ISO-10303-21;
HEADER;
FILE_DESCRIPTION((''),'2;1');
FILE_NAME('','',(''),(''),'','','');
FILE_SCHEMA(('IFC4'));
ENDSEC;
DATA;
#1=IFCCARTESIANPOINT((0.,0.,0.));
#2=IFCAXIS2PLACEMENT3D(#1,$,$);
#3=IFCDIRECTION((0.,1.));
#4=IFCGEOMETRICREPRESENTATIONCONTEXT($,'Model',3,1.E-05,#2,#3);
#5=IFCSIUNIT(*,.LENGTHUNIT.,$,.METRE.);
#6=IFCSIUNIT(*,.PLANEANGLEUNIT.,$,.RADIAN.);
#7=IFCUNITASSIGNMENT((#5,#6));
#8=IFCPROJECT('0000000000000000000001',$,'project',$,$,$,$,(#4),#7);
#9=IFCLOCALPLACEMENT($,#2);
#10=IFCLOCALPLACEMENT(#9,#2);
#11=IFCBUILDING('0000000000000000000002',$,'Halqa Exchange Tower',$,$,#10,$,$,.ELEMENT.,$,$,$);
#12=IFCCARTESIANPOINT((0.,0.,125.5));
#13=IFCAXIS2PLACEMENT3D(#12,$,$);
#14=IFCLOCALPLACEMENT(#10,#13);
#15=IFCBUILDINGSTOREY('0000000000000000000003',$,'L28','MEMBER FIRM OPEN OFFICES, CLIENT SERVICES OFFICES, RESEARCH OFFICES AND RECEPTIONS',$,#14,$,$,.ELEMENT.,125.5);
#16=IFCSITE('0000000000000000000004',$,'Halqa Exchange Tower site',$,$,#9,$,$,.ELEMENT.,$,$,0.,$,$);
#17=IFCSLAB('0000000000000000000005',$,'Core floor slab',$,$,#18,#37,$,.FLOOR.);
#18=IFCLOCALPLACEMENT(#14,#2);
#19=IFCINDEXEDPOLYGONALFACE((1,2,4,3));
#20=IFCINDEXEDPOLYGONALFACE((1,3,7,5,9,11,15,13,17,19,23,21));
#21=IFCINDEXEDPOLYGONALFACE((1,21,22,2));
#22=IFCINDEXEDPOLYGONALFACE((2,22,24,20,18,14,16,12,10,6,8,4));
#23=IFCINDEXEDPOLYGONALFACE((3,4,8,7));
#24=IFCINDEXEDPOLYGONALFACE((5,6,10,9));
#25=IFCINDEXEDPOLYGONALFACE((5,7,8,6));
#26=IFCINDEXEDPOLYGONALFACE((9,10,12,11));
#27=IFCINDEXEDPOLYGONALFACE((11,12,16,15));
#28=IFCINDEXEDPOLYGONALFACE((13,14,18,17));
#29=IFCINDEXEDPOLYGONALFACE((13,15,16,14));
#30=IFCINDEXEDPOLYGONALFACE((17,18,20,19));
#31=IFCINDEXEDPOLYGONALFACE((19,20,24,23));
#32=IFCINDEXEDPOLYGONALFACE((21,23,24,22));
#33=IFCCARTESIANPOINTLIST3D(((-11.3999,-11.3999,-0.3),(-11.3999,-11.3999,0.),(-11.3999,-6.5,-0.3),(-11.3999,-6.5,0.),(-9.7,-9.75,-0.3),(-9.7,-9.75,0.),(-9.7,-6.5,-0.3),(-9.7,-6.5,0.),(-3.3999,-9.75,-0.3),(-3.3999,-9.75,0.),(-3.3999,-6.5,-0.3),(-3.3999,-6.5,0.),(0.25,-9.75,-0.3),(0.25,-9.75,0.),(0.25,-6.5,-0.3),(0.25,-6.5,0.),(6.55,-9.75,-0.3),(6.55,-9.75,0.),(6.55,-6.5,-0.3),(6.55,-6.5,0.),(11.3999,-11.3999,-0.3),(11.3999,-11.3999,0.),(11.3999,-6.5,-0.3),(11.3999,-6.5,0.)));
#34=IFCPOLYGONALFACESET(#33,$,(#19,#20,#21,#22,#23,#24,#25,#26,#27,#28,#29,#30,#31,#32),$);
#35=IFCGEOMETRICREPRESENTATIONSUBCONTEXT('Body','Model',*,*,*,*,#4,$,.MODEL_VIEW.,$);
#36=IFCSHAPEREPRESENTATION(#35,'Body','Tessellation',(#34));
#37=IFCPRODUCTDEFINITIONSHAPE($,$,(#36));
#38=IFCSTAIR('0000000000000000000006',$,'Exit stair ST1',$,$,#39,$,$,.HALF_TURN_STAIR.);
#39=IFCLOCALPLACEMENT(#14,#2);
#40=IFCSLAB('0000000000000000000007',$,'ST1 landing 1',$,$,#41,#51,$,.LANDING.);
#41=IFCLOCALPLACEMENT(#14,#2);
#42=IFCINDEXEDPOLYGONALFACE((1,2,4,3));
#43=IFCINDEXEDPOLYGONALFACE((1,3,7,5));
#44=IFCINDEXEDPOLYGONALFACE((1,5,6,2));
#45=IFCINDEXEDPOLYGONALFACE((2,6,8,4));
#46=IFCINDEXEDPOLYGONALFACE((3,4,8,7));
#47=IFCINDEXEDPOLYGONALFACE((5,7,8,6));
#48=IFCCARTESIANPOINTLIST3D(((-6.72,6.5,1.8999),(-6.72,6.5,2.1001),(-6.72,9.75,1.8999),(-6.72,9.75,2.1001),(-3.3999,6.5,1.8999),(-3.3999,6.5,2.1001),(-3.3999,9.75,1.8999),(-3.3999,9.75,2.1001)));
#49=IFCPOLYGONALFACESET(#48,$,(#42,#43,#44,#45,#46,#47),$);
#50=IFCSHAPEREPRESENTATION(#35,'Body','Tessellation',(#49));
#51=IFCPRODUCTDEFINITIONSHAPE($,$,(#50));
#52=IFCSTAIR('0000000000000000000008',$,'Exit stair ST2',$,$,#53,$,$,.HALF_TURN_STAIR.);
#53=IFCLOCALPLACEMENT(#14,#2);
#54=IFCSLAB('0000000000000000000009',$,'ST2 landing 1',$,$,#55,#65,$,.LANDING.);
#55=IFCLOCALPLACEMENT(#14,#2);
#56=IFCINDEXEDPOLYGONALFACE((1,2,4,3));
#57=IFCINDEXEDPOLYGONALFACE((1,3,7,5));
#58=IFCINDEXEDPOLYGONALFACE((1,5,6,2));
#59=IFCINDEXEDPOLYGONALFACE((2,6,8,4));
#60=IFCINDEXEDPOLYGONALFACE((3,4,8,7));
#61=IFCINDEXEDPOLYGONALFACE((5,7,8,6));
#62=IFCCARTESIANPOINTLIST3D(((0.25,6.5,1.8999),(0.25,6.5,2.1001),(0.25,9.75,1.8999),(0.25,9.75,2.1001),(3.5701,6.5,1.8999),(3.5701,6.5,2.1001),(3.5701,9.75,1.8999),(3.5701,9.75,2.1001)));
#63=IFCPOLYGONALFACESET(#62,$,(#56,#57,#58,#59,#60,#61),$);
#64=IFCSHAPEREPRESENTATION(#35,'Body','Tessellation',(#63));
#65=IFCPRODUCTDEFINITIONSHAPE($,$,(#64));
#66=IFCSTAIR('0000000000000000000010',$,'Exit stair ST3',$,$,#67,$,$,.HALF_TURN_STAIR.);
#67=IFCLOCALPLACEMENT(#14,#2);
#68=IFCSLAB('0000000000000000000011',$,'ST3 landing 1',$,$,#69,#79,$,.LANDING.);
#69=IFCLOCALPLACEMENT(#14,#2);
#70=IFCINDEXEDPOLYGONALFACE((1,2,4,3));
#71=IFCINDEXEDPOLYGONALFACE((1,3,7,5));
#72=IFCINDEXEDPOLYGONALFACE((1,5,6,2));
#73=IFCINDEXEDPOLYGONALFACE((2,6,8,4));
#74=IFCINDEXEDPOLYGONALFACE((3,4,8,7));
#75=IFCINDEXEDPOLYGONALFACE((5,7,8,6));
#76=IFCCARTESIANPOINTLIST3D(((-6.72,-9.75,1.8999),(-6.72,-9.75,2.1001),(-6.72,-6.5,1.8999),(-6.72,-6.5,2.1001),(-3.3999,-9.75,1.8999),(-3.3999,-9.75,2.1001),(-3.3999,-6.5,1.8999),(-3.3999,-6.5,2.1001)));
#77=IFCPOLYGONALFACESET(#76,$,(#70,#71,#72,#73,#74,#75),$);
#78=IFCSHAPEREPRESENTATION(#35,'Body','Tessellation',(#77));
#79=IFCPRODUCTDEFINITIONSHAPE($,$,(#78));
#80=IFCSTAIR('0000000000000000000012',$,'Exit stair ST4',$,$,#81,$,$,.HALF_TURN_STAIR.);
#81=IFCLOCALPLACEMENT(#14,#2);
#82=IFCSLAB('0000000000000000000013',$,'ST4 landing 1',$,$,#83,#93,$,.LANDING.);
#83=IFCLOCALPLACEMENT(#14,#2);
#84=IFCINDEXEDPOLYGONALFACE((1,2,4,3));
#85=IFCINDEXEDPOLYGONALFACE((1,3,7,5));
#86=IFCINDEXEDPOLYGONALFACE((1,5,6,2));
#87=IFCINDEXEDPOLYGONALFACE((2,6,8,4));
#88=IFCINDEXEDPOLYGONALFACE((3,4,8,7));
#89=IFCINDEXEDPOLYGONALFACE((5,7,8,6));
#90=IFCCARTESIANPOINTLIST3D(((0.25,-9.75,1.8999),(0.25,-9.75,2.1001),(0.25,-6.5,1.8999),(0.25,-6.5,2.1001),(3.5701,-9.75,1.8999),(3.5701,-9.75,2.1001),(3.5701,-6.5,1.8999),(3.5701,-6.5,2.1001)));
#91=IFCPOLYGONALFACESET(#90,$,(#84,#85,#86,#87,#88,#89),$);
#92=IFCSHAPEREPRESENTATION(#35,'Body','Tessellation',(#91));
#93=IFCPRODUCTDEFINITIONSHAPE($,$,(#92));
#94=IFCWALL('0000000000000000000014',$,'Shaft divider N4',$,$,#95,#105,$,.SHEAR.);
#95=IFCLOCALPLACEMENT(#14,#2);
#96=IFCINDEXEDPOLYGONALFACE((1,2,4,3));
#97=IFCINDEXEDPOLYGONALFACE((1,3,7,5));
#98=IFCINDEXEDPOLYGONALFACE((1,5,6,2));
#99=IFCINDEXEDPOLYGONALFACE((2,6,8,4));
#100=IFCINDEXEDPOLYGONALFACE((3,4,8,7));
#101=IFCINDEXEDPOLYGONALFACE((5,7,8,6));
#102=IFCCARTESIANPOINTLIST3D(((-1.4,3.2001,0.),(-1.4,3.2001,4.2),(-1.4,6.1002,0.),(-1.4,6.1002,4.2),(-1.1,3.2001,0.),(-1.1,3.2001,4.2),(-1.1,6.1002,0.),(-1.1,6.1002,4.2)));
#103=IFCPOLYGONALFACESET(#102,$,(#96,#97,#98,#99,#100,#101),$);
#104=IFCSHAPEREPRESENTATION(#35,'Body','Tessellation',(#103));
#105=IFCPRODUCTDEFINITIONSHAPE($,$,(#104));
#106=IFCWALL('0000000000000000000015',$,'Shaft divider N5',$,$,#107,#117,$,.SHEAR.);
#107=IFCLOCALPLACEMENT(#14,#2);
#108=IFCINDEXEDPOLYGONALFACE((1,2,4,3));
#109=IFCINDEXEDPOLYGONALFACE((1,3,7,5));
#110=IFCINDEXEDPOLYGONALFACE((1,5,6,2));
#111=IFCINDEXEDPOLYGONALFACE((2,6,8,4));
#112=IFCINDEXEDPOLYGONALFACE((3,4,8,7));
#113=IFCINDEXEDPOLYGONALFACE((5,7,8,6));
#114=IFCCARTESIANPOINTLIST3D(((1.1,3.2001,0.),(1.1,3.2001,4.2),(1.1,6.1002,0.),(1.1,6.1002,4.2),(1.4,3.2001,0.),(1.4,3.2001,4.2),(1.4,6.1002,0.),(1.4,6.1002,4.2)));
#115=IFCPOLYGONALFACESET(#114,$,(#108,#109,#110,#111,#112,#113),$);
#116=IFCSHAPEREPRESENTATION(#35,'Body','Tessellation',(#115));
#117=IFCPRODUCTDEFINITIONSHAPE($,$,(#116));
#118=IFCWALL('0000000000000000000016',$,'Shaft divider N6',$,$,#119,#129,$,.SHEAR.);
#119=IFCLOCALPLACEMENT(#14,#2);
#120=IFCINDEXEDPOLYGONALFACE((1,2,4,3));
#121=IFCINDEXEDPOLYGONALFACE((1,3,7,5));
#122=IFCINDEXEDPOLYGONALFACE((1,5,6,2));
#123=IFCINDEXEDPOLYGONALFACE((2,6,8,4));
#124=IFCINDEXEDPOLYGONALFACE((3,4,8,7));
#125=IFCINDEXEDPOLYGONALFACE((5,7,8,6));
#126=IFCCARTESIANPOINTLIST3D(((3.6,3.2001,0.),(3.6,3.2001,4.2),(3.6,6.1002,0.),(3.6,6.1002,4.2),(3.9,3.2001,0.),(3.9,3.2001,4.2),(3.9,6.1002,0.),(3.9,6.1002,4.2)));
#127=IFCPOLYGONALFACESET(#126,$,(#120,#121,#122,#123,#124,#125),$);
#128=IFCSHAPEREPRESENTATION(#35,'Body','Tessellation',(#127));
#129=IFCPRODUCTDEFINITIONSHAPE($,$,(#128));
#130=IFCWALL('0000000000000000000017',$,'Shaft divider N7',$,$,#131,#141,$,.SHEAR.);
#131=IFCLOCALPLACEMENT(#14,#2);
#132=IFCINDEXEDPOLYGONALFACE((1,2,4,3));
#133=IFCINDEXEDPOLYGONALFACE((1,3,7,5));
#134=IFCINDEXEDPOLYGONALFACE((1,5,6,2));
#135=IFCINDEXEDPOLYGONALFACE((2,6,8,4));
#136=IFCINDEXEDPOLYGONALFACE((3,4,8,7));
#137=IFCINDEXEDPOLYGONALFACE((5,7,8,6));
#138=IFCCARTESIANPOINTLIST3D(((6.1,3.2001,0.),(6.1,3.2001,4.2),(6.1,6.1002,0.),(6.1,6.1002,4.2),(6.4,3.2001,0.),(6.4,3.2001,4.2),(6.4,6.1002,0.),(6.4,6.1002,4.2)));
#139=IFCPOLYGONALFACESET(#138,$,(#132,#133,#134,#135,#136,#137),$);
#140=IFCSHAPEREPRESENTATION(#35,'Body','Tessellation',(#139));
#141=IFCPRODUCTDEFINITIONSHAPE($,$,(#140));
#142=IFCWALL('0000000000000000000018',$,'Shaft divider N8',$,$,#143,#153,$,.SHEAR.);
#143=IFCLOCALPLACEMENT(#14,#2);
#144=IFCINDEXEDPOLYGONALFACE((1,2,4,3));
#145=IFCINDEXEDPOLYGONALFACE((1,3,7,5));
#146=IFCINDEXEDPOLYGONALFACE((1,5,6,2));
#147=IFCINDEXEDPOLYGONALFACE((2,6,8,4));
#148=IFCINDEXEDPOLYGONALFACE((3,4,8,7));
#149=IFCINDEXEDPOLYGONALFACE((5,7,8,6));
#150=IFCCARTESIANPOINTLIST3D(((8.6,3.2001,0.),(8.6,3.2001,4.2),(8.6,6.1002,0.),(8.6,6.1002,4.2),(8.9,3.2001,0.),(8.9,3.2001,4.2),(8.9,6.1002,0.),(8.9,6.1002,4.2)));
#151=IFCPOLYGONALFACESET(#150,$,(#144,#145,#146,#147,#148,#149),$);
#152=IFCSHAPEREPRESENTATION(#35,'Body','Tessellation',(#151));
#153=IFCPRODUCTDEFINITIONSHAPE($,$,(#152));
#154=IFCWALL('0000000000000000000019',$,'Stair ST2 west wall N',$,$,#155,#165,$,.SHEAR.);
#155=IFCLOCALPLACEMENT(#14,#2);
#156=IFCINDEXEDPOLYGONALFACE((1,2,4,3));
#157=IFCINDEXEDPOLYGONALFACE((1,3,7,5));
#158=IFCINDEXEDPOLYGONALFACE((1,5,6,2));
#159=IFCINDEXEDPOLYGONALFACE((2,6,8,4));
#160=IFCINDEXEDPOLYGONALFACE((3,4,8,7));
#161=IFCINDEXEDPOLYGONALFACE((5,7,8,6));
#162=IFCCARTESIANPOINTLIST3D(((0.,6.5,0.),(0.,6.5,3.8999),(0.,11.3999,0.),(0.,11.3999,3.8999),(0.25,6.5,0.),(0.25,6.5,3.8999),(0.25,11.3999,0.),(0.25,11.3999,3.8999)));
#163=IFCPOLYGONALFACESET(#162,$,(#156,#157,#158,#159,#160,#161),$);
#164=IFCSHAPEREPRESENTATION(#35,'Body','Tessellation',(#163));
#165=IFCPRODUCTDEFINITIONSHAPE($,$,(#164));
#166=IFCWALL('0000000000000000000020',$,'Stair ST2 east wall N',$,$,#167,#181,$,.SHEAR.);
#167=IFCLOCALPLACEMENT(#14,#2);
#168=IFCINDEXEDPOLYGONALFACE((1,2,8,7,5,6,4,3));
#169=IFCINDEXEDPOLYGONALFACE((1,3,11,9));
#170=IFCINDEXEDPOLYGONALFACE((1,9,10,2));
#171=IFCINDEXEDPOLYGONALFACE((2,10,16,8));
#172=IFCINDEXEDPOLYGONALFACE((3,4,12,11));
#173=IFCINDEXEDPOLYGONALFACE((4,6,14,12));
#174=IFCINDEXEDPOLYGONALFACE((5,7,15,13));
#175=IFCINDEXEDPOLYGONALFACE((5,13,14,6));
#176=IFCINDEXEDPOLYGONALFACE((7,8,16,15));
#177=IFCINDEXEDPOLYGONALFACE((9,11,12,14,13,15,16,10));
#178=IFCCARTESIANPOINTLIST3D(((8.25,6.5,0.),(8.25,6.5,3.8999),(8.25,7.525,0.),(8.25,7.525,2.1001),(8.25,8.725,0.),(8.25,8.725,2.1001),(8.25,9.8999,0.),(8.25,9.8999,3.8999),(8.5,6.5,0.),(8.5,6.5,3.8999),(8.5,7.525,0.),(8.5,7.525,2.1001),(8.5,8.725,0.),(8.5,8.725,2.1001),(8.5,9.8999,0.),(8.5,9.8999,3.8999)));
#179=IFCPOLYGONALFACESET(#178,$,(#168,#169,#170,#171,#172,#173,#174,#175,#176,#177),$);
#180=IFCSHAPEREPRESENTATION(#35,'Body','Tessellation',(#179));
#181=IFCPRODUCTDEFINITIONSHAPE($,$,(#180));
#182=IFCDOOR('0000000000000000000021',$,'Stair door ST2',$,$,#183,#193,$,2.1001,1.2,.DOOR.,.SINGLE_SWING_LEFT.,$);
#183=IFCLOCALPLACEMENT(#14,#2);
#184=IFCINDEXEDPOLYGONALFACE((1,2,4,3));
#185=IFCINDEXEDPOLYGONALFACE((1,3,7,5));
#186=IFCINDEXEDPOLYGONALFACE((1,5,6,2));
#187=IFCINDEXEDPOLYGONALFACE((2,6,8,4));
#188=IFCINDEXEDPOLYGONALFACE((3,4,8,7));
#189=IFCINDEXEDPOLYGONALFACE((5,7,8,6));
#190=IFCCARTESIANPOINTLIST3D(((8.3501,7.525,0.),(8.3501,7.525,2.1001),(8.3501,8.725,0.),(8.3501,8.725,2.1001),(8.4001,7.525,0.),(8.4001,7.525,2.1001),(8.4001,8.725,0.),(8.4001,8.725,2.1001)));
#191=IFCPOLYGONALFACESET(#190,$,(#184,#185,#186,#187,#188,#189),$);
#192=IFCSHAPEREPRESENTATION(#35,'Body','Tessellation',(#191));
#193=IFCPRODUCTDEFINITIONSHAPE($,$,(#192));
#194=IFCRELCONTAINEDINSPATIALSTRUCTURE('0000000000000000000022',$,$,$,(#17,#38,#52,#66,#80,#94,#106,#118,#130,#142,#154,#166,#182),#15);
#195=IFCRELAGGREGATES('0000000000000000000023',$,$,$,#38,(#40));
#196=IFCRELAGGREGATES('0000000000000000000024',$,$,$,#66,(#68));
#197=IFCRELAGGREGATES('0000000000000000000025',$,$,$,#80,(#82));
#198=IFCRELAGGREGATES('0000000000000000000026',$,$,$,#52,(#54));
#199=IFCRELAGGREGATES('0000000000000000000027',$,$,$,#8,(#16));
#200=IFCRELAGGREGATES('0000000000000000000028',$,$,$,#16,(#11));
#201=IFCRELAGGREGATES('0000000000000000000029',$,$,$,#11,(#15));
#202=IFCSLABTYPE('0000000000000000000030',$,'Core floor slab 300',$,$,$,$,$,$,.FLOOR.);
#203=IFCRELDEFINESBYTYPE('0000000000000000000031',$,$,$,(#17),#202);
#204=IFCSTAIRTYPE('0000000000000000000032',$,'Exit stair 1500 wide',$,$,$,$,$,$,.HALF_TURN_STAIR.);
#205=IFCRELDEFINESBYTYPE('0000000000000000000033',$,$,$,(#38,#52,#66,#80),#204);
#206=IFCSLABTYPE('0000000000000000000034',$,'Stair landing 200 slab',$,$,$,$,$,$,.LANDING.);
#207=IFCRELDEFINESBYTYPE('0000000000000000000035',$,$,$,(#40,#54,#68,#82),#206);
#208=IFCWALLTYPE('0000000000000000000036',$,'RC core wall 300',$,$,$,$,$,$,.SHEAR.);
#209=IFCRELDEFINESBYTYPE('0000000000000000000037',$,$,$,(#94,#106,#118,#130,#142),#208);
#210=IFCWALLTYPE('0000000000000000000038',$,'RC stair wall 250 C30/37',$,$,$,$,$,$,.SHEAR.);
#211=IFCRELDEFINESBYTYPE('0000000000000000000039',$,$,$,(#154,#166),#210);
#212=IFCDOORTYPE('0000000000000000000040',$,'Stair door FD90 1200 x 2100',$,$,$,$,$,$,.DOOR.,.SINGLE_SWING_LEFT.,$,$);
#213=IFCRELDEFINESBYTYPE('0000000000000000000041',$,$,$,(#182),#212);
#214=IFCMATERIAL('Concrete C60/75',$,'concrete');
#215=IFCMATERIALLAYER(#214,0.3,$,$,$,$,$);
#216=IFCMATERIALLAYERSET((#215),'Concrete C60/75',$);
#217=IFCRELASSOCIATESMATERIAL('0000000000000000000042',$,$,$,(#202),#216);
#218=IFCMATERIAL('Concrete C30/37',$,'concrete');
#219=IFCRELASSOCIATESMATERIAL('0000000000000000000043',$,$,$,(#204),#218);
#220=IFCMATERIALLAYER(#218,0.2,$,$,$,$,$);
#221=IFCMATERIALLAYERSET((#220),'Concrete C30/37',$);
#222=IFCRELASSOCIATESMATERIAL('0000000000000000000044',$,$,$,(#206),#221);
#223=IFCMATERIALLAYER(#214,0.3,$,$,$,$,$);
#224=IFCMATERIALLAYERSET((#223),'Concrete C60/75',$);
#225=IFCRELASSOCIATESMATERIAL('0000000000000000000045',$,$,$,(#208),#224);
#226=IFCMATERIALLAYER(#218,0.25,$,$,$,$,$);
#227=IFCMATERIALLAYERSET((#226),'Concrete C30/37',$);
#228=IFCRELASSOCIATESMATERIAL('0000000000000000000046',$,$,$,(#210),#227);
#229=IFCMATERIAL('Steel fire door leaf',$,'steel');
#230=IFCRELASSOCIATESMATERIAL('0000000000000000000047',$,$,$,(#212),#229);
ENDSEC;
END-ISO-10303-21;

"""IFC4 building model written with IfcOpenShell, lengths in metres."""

from ifc_helpers import new_model, si_unit, direction, frame, frame_2d, origin, place, context, subcontext, project, spatial, polyline, rectangle, outline, extrude, material, layer, layer_set, type_object, element, fill, aggregate, save


model = new_model("IFC4")

# Units and contexts
model_context = context("Model", 3, precision=1e-05, world=origin(), true_north=direction((0.0, 1.0)))
body_context = subcontext(model_context, "Body", "Model", "MODEL_VIEW")
ifc_project = project(units=[si_unit("LENGTHUNIT", "METRE"), si_unit("PLANEANGLEUNIT", "RADIAN")], contexts=[model_context])

# Site, building, storey
site_placement = place(None, origin())
site = spatial("IfcSite", under=ifc_project, at=site_placement, Name="Halqa Exchange Tower site", CompositionType="ELEMENT", RefElevation=0.0)
building_placement = place(site_placement, origin())
building = spatial("IfcBuilding", under=site, at=building_placement, Name="Halqa Exchange Tower", CompositionType="ELEMENT")
storey_placement = place(building_placement, frame((0.0, 0.0, 125.5)))
storey = spatial("IfcBuildingStorey", under=building, at=storey_placement, Name="L28", Description="MEMBER FIRM OPEN OFFICES, CLIENT SERVICES OFFICES, RESEARCH OFFICES AND RECEPTIONS", CompositionType="ELEMENT", Elevation=125.5)

# Slab
ifc_material_1 = material(Name="Concrete C60/75", Category="concrete")
ifc_layer_1 = layer(ifc_material_1, 0.3)
ifc_layer_set_1 = layer_set([ifc_layer_1], Name="Concrete C60/75")
slab_type_1 = type_object("IfcSlabType", Name="Core floor slab 300", PredefinedType="FLOOR", material=ifc_layer_set_1)
slab_1_placement = place(storey_placement, frame((0.0, 0.0, -0.3)))
element("IfcSlab", 1, at=slab_1_placement, inside=storey, type_object=slab_type_1, Name="Core floor slab", PredefinedType="FLOOR", context=body_context, shape_type="SweptSolid", body=[
    extrude(outline(polyline([(-9.7, -9.75), (-3.3999, -9.75), (-3.3999, -6.5), (0.25, -6.5), (0.25, -9.75), (6.55, -9.75), (6.55, -6.5), (11.3999, -6.5), (11.3999, -11.3999), (-11.3999, -11.3999), (-11.3999, -6.5), (-9.7, -6.5), (-9.7, -9.75)])), origin(), (0.0, 0.0, 1.0), 0.3),
])

# Stairs, slabs
ifc_material_2 = material(Name="Concrete C30/37", Category="concrete")
stair_type = type_object("IfcStairType", Name="Exit stair 1500 wide", PredefinedType="HALF_TURN_STAIR", material=ifc_material_2)
stair_1_placement = place(storey_placement, origin())
stair_1 = element("IfcStair", 2, at=stair_1_placement, inside=storey, type_object=stair_type, Name="Exit stair ST1", PredefinedType="HALF_TURN_STAIR")
ifc_layer_2 = layer(ifc_material_2, 0.2)
ifc_layer_set_2 = layer_set([ifc_layer_2], Name="Concrete C30/37")
slab_type_2 = type_object("IfcSlabType", Name="Stair landing 200 slab", PredefinedType="LANDING", material=ifc_layer_set_2)
slab_2_placement = place(storey_placement, frame((0.0, 0.0, 1.8999)))
slab_2 = element("IfcSlab", 3, at=slab_2_placement, type_object=slab_type_2, Name="ST1 landing 1", PredefinedType="LANDING", context=body_context, shape_type="SweptSolid", body=[
    extrude(outline(polyline([(-6.72, 6.5), (-3.3999, 6.5), (-3.3999, 9.75), (-6.72, 9.75), (-6.72, 6.5)])), origin(), (0.0, 0.0, 1.0), 0.2002),
])
aggregate(stair_1, [slab_2])
stair_2_placement = place(storey_placement, origin())
stair_2 = element("IfcStair", 4, at=stair_2_placement, inside=storey, type_object=stair_type, Name="Exit stair ST2", PredefinedType="HALF_TURN_STAIR")
slab_3_placement = place(storey_placement, frame((0.0, 0.0, 1.8999)))
slab_3 = element("IfcSlab", 5, at=slab_3_placement, type_object=slab_type_2, Name="ST2 landing 1", PredefinedType="LANDING", context=body_context, shape_type="SweptSolid", body=[
    extrude(outline(polyline([(0.25, 6.5), (3.5701, 6.5), (3.5701, 9.75), (0.25, 9.75), (0.25, 6.5)])), origin(), (0.0, 0.0, 1.0), 0.2002),
])
stair_3_placement = place(storey_placement, origin())
stair_3 = element("IfcStair", 6, at=stair_3_placement, inside=storey, type_object=stair_type, Name="Exit stair ST3", PredefinedType="HALF_TURN_STAIR")
slab_4_placement = place(storey_placement, frame((0.0, 0.0, 1.8999)))
slab_4 = element("IfcSlab", 7, at=slab_4_placement, type_object=slab_type_2, Name="ST3 landing 1", PredefinedType="LANDING", context=body_context, shape_type="SweptSolid", body=[
    extrude(outline(polyline([(-6.72, -9.75), (-3.3999, -9.75), (-3.3999, -6.5), (-6.72, -6.5), (-6.72, -9.75)])), origin(), (0.0, 0.0, 1.0), 0.2002),
])
aggregate(stair_3, [slab_4])
stair_4_placement = place(storey_placement, origin())
stair_4 = element("IfcStair", 8, at=stair_4_placement, inside=storey, type_object=stair_type, Name="Exit stair ST4", PredefinedType="HALF_TURN_STAIR")
slab_5_placement = place(storey_placement, frame((0.0, 0.0, 1.8999)))
slab_5 = element("IfcSlab", 9, at=slab_5_placement, type_object=slab_type_2, Name="ST4 landing 1", PredefinedType="LANDING", context=body_context, shape_type="SweptSolid", body=[
    extrude(outline(polyline([(0.25, -9.75), (3.5701, -9.75), (3.5701, -6.5), (0.25, -6.5), (0.25, -9.75)])), origin(), (0.0, 0.0, 1.0), 0.2002),
])
aggregate(stair_4, [slab_5])

# Walls
ifc_layer_3 = layer(ifc_material_1, 0.3)
ifc_layer_set_3 = layer_set([ifc_layer_3], Name="Concrete C60/75")
wall_type_1 = type_object("IfcWallType", Name="RC core wall 300", PredefinedType="SHEAR", material=ifc_layer_set_3)
for number, where, z_axis, x_axis, name in (
    (10, (-1.25, 3.2, 0.0), (0.0, 0.0, 1.0), (0.0, 1.0, 0.0), "Shaft divider N4"),
    (11, (1.25, 3.2, 0.0), (0.0, 0.0, 1.0), (0.0, 1.0, 0.0), "Shaft divider N5"),
    (12, (3.75, 3.2, 0.0), (0.0, 0.0, 1.0), (0.0, 1.0, 0.0), "Shaft divider N6"),
    (13, (6.25, 3.2, 0.0), (0.0, 0.0, 1.0), (0.0, 1.0, 0.0), "Shaft divider N7"),
    (14, (8.75, 3.2, 0.0), (0.0, 0.0, 1.0), (0.0, 1.0, 0.0), "Shaft divider N8"),
):
    element("IfcWall", number, at=place(storey_placement, frame(where, z_axis=z_axis, x_axis=x_axis)), inside=storey, type_object=wall_type_1, Name=name, PredefinedType="SHEAR", context=body_context, shape_type="SweptSolid", body=[
        extrude(rectangle(XDim=2.9001, YDim=0.3, at=frame_2d((1.4502, 0.0))), origin(), (0.0, 0.0, 1.0), 4.2),
    ])
ifc_layer_4 = layer(ifc_material_2, 0.25)
ifc_layer_set_4 = layer_set([ifc_layer_4], Name="Concrete C30/37")
wall_type_2 = type_object("IfcWallType", Name="RC stair wall 250 C30/37", PredefinedType="SHEAR", material=ifc_layer_set_4)
wall_1_placement = place(storey_placement, frame((0.125, 6.5, 0.0), z_axis=(0.0, 0.0, 1.0), x_axis=(0.0, 1.0, 0.0)))
element("IfcWall", 15, at=wall_1_placement, inside=storey, type_object=wall_type_2, Name="Stair ST2 west wall N", PredefinedType="SHEAR", context=body_context, shape_type="SweptSolid", body=[
    extrude(rectangle(XDim=4.8999, YDim=0.25, at=frame_2d((2.45, 0.0))), origin(), (0.0, 0.0, 1.0), 3.8999),
])

# Wall, opening, door
wall_2_placement = place(storey_placement, frame((8.375, 6.5, 0.0), z_axis=(0.0, 0.0, 1.0), x_axis=(0.0, 1.0, 0.0)))
wall_2 = element("IfcWall", 16, at=wall_2_placement, inside=storey, type_object=wall_type_2, Name="Stair ST2 east wall N", PredefinedType="SHEAR", context=body_context, shape_type="SweptSolid", body=[
    extrude(rectangle(XDim=3.3999, YDim=0.25, at=frame_2d((1.7, 0.0))), origin(), (0.0, 0.0, 1.0), 3.8999),
])
opening_placement = place(wall_2_placement, frame((1.0249, 0.0, 0.0)))
opening = element("IfcOpeningElement", 17, at=opening_placement, cuts=wall_2, PredefinedType="OPENING", context=body_context, shape_type="SweptSolid", body=[
    extrude(rectangle(XDim=1.2, YDim=2.1001, at=frame_2d((0.6001, 1.05))), frame((0.0, 0.137, 0.0), z_axis=(0.0, -1.0, 0.0), x_axis=(1.0, 0.0, 0.0)), (0.0, 0.0, 1.0), 0.2739),
])
ifc_material_3 = material(Name="Steel fire door leaf", Category="steel")
door_type = type_object("IfcDoorType", Name="Stair door FD90 1200 x 2100", OperationType="SINGLE_SWING_LEFT", PredefinedType="DOOR", material=ifc_material_3)
door_placement = place(opening_placement, origin())
door = element("IfcDoor", 18, at=door_placement, inside=storey, type_object=door_type, Name="Stair door ST2", OperationType="SINGLE_SWING_LEFT", OverallHeight=2.1001, OverallWidth=1.2, PredefinedType="DOOR", context=body_context, shape_type="SweptSolid", body=[
    extrude(rectangle(XDim=1.2, YDim=2.1001, at=frame_2d((0.6001, 1.05))), frame((0.0, 0.0249, 0.0), z_axis=(0.0, -1.0, 0.0), x_axis=(1.0, 0.0, 0.0)), (0.0, 0.0, 1.0), 0.05),
])
fill(opening, door)

aggregate(stair_2, [slab_3])

save(model, "model.ifc")
